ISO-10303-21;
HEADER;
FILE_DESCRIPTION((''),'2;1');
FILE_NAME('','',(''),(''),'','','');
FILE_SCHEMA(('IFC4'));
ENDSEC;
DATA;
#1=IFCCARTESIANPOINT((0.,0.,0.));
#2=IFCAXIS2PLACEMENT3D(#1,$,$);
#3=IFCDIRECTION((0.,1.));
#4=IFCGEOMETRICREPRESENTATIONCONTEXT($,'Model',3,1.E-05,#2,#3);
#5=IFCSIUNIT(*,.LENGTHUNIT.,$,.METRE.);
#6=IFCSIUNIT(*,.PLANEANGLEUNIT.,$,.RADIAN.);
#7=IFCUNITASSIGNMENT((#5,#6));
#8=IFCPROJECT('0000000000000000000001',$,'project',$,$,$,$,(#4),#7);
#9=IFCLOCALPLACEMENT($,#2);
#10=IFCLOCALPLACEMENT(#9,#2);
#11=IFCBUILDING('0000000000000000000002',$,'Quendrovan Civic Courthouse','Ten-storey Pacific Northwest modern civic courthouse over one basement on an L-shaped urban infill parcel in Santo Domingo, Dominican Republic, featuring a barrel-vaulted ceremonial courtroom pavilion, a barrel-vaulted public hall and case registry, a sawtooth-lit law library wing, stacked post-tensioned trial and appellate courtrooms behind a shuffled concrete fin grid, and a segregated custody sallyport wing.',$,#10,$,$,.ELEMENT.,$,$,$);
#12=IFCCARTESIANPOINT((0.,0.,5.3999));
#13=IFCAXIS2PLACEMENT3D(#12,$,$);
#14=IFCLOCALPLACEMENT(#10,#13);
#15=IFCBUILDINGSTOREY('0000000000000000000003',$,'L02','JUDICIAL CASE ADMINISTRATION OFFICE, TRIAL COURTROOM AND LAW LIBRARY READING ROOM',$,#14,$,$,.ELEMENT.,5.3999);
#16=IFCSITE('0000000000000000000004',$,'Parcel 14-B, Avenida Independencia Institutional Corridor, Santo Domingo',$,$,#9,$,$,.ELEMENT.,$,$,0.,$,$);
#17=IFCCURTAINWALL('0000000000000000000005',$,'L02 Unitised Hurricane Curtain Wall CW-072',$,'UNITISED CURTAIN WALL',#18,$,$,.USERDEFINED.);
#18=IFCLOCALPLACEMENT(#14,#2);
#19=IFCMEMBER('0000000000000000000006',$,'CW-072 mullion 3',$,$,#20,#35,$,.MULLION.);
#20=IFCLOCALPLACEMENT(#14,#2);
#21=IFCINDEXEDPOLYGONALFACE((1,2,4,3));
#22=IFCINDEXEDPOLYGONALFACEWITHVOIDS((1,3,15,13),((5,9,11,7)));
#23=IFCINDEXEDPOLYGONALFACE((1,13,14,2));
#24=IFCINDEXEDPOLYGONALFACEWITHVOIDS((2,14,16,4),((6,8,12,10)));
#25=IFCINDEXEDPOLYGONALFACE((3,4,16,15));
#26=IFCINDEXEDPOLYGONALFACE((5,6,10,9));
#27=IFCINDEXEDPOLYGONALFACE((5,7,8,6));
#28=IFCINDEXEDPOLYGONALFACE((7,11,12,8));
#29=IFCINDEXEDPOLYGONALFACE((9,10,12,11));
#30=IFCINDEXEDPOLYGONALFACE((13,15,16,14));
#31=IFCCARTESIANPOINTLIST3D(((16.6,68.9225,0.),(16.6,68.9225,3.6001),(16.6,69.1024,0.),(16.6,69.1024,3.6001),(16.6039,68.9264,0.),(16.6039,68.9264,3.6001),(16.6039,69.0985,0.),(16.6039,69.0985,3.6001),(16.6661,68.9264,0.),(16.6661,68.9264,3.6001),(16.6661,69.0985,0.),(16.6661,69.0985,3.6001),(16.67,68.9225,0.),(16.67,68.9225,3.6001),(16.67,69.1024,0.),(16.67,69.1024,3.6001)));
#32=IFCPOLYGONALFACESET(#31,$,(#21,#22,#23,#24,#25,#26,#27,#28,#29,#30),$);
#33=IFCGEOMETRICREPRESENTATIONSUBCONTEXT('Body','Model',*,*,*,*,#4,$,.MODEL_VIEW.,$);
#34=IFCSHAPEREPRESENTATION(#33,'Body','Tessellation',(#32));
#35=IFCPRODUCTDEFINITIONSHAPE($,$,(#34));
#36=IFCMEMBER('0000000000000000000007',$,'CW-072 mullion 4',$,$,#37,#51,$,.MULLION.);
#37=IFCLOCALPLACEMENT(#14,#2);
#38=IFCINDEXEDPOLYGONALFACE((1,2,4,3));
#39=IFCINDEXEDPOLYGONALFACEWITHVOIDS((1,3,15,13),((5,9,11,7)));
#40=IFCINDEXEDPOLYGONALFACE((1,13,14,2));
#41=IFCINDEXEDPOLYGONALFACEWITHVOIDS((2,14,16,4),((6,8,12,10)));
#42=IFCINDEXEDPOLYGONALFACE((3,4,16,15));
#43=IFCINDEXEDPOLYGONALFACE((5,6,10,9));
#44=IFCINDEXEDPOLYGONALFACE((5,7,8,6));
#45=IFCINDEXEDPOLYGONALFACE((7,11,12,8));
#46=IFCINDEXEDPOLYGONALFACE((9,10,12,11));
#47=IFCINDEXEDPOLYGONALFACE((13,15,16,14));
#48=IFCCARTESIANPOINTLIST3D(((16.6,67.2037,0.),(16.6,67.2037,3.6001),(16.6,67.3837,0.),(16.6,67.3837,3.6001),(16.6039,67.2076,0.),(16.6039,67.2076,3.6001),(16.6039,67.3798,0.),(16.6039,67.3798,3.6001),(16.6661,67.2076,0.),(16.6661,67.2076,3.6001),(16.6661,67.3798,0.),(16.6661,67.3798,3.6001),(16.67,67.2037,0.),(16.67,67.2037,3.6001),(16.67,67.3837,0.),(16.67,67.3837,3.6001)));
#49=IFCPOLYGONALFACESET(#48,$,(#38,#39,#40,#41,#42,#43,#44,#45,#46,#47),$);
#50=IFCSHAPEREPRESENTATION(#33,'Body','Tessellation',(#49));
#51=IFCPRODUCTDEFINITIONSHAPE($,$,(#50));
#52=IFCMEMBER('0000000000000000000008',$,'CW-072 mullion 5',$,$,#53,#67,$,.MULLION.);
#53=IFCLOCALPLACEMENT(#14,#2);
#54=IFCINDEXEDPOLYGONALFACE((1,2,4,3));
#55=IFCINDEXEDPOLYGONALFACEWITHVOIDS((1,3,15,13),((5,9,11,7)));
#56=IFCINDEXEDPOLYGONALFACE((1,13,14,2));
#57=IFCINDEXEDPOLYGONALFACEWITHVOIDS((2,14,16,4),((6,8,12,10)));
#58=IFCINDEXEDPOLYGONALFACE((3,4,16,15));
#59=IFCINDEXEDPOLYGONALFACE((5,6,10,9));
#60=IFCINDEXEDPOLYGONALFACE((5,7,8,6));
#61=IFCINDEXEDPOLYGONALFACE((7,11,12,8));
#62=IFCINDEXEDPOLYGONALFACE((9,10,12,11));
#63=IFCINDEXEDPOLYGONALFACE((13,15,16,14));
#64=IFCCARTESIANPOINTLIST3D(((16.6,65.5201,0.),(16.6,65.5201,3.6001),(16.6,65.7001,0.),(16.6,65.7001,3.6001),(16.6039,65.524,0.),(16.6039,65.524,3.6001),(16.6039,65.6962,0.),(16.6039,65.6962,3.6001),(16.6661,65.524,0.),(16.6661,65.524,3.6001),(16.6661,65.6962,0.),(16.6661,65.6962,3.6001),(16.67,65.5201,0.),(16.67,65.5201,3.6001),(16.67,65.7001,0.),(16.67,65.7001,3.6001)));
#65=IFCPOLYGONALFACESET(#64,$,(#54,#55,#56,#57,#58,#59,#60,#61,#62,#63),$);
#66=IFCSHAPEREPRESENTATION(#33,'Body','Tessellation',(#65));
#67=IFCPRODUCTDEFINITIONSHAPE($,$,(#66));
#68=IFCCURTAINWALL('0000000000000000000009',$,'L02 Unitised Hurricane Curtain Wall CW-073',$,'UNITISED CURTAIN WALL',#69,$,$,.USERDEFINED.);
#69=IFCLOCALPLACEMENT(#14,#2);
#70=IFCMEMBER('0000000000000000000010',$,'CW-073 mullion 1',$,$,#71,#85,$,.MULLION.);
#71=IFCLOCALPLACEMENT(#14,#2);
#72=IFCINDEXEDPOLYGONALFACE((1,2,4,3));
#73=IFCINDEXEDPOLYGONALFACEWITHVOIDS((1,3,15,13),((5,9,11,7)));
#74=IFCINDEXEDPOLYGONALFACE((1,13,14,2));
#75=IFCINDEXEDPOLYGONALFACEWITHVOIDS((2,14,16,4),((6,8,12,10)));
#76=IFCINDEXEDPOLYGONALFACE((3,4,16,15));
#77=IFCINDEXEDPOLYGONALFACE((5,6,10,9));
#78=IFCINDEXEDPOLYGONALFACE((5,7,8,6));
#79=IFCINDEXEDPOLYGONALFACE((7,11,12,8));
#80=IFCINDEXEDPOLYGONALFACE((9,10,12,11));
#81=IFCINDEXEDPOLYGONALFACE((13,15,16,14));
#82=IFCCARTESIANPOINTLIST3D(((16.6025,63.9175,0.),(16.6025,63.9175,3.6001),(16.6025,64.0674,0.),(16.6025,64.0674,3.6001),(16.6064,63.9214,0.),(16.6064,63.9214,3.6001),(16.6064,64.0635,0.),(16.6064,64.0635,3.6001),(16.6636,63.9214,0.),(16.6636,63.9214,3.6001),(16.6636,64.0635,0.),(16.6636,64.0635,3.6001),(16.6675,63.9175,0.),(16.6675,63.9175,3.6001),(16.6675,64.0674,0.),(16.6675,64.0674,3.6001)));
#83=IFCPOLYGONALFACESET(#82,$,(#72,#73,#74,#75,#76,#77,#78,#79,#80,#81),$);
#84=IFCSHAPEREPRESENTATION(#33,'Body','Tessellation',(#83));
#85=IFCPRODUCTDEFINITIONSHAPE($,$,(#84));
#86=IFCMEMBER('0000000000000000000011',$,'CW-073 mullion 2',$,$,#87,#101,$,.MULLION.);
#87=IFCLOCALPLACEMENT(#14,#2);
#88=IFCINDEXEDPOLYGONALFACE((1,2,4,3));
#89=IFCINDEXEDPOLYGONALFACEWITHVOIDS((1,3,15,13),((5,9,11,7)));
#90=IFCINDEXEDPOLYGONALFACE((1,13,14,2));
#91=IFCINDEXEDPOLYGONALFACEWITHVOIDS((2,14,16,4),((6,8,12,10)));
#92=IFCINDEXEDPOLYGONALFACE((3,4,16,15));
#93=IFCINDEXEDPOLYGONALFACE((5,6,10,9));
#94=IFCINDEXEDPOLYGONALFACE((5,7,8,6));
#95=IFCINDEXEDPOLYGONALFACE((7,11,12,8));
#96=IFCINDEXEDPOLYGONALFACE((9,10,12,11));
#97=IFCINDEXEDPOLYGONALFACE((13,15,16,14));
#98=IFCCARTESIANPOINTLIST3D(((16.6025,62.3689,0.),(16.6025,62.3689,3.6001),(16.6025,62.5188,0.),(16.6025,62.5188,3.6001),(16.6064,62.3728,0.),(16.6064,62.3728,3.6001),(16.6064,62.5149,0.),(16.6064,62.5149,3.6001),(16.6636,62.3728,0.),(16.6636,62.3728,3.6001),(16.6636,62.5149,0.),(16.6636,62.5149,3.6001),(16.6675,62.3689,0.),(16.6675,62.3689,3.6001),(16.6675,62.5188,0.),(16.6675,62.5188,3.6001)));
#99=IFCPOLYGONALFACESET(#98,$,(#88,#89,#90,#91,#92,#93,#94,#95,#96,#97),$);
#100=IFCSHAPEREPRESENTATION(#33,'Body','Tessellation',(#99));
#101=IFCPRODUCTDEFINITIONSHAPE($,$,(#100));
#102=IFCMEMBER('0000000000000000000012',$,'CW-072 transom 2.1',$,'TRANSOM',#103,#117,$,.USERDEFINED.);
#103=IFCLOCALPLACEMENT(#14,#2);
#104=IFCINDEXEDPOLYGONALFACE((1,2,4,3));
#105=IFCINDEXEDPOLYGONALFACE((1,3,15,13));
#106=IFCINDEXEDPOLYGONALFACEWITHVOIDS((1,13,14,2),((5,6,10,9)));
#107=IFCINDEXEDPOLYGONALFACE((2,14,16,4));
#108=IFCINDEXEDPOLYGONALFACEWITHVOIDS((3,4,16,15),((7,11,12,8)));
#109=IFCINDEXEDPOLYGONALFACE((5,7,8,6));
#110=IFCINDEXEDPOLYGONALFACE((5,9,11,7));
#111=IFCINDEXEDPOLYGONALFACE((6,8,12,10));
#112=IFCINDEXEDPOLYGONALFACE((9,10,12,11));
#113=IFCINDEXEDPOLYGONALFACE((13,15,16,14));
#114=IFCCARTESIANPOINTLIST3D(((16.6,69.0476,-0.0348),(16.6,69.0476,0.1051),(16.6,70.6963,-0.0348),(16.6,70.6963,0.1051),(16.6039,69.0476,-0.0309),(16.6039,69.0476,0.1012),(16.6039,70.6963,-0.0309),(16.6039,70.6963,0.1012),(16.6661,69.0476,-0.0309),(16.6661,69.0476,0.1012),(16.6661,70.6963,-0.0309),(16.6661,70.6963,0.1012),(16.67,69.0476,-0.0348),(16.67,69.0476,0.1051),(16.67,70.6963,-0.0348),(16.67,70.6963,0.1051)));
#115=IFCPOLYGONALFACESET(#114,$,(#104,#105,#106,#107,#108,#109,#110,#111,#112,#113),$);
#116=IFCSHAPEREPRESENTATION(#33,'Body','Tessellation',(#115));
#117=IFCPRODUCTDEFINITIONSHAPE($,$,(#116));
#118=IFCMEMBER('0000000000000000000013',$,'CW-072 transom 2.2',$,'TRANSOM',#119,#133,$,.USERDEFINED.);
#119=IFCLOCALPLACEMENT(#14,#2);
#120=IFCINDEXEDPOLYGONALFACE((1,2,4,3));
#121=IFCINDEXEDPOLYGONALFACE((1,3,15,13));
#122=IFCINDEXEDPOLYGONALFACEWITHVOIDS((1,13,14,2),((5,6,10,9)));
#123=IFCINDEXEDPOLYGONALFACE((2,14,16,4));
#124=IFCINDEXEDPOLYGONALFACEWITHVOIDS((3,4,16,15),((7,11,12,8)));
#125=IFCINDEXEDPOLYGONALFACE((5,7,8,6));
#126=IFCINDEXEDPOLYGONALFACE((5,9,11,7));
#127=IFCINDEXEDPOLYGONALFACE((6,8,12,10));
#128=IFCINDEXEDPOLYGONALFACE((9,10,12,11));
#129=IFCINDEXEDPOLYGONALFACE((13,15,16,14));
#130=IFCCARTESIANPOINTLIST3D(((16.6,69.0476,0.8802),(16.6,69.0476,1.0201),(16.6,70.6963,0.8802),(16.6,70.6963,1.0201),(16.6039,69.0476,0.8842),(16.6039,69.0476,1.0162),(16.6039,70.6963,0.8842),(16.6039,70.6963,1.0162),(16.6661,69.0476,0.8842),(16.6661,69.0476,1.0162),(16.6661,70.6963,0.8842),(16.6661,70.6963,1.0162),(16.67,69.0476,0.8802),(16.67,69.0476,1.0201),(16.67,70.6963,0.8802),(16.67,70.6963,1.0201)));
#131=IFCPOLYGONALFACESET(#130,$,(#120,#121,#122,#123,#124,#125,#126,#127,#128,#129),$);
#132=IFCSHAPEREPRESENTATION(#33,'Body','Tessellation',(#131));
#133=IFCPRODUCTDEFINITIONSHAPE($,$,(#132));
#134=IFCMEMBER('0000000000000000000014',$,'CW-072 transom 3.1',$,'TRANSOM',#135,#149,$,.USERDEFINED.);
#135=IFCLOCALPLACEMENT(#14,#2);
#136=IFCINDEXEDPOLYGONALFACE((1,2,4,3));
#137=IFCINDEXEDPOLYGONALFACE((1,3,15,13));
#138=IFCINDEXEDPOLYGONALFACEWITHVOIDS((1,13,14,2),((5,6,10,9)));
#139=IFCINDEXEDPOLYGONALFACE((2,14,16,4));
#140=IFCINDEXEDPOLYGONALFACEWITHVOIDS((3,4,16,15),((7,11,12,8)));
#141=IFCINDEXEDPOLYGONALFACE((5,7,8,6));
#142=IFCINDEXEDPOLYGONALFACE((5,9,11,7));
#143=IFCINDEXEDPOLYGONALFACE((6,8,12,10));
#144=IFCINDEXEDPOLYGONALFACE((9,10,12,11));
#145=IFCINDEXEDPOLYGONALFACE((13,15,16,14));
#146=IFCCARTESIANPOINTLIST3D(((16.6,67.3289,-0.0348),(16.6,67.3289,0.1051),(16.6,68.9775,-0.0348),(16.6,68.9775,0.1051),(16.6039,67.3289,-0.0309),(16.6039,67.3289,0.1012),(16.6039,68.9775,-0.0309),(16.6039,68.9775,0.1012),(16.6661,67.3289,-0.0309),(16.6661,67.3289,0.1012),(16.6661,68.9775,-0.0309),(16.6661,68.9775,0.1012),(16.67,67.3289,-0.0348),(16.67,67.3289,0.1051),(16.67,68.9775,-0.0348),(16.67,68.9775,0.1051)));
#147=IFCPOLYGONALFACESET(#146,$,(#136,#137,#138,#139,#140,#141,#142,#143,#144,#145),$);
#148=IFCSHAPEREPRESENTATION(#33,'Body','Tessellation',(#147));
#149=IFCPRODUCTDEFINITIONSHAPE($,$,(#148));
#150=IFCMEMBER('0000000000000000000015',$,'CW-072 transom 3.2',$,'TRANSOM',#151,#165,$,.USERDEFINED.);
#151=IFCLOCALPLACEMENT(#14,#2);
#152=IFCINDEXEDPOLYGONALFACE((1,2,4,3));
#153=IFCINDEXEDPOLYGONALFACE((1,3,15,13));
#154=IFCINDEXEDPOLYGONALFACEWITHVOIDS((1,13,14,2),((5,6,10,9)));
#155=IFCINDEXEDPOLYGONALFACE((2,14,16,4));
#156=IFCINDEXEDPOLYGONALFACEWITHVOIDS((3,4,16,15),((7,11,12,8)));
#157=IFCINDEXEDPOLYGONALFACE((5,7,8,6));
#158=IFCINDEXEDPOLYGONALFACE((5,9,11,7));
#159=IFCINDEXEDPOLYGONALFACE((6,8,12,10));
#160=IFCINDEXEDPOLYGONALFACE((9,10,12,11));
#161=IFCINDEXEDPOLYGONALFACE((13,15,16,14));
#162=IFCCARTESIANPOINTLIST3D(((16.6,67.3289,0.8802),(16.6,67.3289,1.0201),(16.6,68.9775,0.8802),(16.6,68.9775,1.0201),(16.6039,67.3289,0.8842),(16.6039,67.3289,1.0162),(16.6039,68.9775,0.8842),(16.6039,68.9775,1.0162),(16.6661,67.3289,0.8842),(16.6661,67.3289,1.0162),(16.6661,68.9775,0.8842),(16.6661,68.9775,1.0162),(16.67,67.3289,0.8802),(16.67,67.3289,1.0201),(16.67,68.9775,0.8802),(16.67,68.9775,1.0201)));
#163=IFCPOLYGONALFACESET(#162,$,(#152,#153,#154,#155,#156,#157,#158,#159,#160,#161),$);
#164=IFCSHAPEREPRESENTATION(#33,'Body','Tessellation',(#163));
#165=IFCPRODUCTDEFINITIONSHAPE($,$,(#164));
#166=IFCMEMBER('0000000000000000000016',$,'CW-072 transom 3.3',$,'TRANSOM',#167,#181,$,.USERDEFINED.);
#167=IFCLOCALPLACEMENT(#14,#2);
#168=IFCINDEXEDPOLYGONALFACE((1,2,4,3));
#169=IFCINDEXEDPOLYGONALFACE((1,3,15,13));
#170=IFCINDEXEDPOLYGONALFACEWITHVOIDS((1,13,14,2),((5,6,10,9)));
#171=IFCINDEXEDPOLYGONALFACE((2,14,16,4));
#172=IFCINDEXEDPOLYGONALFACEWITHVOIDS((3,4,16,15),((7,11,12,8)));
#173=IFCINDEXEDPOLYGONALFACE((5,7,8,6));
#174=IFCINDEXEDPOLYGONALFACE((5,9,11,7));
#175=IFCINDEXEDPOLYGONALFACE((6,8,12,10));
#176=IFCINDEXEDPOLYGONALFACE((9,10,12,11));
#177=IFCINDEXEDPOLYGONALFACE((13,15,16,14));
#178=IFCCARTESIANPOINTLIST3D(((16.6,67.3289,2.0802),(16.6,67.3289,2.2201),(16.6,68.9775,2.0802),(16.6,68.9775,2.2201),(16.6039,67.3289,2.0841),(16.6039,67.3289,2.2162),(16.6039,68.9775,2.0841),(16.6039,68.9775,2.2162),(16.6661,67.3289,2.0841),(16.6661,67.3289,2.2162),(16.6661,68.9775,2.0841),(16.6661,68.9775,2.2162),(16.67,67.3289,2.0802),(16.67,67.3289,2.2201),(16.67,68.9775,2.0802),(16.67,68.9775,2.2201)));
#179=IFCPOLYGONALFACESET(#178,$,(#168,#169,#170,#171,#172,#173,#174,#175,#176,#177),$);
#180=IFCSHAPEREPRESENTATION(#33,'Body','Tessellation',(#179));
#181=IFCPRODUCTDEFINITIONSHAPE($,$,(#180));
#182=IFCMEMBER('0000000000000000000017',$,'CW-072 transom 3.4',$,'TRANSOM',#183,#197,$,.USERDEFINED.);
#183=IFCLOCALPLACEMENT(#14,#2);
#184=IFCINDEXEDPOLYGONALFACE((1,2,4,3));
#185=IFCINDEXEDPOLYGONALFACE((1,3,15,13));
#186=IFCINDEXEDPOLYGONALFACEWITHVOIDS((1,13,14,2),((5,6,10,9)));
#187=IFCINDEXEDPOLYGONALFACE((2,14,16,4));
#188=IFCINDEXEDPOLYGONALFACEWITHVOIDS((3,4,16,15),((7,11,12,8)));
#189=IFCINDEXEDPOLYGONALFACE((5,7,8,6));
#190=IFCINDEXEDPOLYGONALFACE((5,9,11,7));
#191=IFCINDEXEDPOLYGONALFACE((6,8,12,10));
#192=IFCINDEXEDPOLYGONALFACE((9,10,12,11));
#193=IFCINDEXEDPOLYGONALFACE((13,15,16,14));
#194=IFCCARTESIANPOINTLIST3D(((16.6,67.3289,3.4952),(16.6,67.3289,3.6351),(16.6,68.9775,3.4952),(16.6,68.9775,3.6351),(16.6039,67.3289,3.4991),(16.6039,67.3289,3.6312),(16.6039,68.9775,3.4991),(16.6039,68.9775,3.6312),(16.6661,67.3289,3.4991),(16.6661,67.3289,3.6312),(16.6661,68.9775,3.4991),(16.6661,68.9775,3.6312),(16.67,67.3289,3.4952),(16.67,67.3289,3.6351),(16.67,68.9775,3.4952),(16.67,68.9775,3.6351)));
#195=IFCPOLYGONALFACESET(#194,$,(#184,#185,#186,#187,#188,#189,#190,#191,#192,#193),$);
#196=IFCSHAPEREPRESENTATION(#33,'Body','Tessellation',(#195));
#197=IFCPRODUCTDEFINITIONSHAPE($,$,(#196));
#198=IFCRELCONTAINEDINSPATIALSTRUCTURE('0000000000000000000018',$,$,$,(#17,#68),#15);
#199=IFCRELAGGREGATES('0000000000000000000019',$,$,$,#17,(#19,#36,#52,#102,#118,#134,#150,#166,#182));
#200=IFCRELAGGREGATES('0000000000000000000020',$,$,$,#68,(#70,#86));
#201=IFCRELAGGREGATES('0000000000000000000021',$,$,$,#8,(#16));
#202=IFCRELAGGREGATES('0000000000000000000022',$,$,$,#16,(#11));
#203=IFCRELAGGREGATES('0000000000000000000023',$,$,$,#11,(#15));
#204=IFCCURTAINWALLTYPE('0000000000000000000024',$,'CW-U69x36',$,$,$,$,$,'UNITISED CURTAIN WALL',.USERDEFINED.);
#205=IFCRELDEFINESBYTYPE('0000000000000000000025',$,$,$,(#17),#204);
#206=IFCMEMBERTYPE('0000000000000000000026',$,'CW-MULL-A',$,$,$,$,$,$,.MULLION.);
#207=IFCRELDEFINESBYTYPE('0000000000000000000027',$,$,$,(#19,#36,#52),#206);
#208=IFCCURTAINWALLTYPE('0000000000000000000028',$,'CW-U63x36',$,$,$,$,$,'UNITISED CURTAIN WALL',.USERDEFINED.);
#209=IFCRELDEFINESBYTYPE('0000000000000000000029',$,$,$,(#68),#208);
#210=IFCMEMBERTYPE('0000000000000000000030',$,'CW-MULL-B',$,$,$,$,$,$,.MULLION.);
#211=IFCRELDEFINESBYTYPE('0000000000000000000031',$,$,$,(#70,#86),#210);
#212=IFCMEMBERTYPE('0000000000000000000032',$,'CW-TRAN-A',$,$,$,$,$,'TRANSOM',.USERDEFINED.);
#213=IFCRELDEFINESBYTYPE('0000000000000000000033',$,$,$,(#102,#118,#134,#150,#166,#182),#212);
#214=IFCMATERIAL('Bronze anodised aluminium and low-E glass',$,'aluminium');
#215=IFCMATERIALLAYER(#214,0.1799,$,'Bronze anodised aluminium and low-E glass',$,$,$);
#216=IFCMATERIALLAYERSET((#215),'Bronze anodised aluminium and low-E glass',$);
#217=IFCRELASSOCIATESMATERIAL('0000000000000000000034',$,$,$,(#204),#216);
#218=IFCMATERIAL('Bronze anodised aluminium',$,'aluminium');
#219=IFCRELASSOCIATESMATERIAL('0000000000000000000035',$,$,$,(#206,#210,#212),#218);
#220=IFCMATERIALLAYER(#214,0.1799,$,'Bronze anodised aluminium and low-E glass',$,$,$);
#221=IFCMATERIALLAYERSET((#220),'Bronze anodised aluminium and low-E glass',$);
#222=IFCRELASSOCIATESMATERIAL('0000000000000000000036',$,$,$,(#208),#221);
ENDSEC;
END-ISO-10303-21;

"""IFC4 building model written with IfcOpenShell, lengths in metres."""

from ifc_helpers import new_model, si_unit, direction, frame, origin, origin_2d, place, context, subcontext, project, spatial, hollow_rectangle, extrude, material, layer, layer_set, material_profile, profile_set, type_object, element, aggregate, save


model = new_model("IFC4")

# Units and contexts
model_context = context("Model", 3, precision=1e-05, world=origin(), true_north=direction((0.0, 1.0)))
body_context = subcontext(model_context, "Body", "Model", "MODEL_VIEW")
ifc_project = project(units=[si_unit("LENGTHUNIT", "METRE"), si_unit("PLANEANGLEUNIT", "RADIAN")], contexts=[model_context])

# Site, building, storey
site_placement = place(None, origin())
site = spatial("IfcSite", under=ifc_project, at=site_placement, Name="Parcel 14-B, Avenida Independencia Institutional Corridor, Santo Domingo", CompositionType="ELEMENT", RefElevation=0.0)
building_placement = place(site_placement, origin())
building = spatial("IfcBuilding", under=site, at=building_placement, Name="Quendrovan Civic Courthouse", Description="Ten-storey Pacific Northwest modern civic courthouse over one basement on an L-shaped urban infill parcel in Santo Domingo, Dominican Republic, featuring a barrel-vaulted ceremonial courtroom pavilion, a barrel-vaulted public hall and case registry, a sawtooth-lit law library wing, stacked post-tensioned trial and appellate courtrooms behind a shuffled concrete fin grid, and a segregated custody sallyport wing.", CompositionType="ELEMENT")
storey_placement = place(building_placement, frame((0.0, 0.0, 5.3999)))
storey = spatial("IfcBuildingStorey", under=building, at=storey_placement, Name="L02", Description="JUDICIAL CASE ADMINISTRATION OFFICE, TRIAL COURTROOM AND LAW LIBRARY READING ROOM", CompositionType="ELEMENT", Elevation=5.3999)

# Curtain walls, members
ifc_material_1 = material(Name="Bronze anodised aluminium and low-E glass", Category="aluminium")
ifc_layer_1 = layer(ifc_material_1, 0.1799, Name="Bronze anodised aluminium and low-E glass")
ifc_layer_set_1 = layer_set([ifc_layer_1], Name="Bronze anodised aluminium and low-E glass")
curtain_wall_type_1 = type_object("IfcCurtainWallType", Name="CW-U69x36", ElementType="UNITISED CURTAIN WALL", PredefinedType="USERDEFINED", material=ifc_layer_set_1)
curtain_wall_1_placement = place(storey_placement, origin())
curtain_wall_1 = element("IfcCurtainWall", 1, at=curtain_wall_1_placement, inside=storey, type_object=curtain_wall_type_1, Name="L02 Unitised Hurricane Curtain Wall CW-072", ObjectType="UNITISED CURTAIN WALL", PredefinedType="USERDEFINED")
ifc_material_2 = material(Name="Bronze anodised aluminium", Category="aluminium")
ifc_material_profile_1 = material_profile(ifc_material_2, hollow_rectangle(XDim=0.0701, YDim=0.1799, WallThickness=0.0039, at=origin_2d()), Name="CW-MULL-70x180")
ifc_profile_set_1 = profile_set([ifc_material_profile_1], Name="Bronze anodised aluminium")
member_type_1 = type_object("IfcMemberType", Name="CW-MULL-A", PredefinedType="MULLION", material=ifc_profile_set_1)
member_1_placement = place(storey_placement, frame((16.635, 69.0125, 0.0), z_axis=(0.0, 0.0, 1.0), x_axis=(1.0, 0.0, 0.0)))
member_1 = element("IfcMember", 2, at=member_1_placement, type_object=member_type_1, Name="CW-072 mullion 3", PredefinedType="MULLION", context=body_context, shape_type="SweptSolid", body=[
    extrude(hollow_rectangle(XDim=0.0701, YDim=0.1799, WallThickness=0.0039, at=origin_2d()), origin(), (0.0, 0.0, 1.0), 3.6001),
])
member_2_placement = place(storey_placement, frame((16.635, 67.2937, 0.0), z_axis=(0.0, 0.0, 1.0), x_axis=(1.0, 0.0, 0.0)))
member_2 = element("IfcMember", 3, at=member_2_placement, type_object=member_type_1, Name="CW-072 mullion 4", PredefinedType="MULLION", context=body_context, shape_type="SweptSolid", body=[
    extrude(hollow_rectangle(XDim=0.0701, YDim=0.1799, WallThickness=0.0039, at=origin_2d()), origin(), (0.0, 0.0, 1.0), 3.6001),
])
member_3_placement = place(storey_placement, frame((16.635, 65.6101, 0.0), z_axis=(0.0, 0.0, 1.0), x_axis=(1.0, 0.0, 0.0)))
member_3 = element("IfcMember", 4, at=member_3_placement, type_object=member_type_1, Name="CW-072 mullion 5", PredefinedType="MULLION", context=body_context, shape_type="SweptSolid", body=[
    extrude(hollow_rectangle(XDim=0.0701, YDim=0.1799, WallThickness=0.0039, at=origin_2d()), origin(), (0.0, 0.0, 1.0), 3.6001),
])
ifc_layer_2 = layer(ifc_material_1, 0.1799, Name="Bronze anodised aluminium and low-E glass")
ifc_layer_set_2 = layer_set([ifc_layer_2], Name="Bronze anodised aluminium and low-E glass")
curtain_wall_type_2 = type_object("IfcCurtainWallType", Name="CW-U63x36", ElementType="UNITISED CURTAIN WALL", PredefinedType="USERDEFINED", material=ifc_layer_set_2)
curtain_wall_2_placement = place(storey_placement, origin())
curtain_wall_2 = element("IfcCurtainWall", 5, at=curtain_wall_2_placement, inside=storey, type_object=curtain_wall_type_2, Name="L02 Unitised Hurricane Curtain Wall CW-073", ObjectType="UNITISED CURTAIN WALL", PredefinedType="USERDEFINED")
ifc_material_profile_2 = material_profile(ifc_material_2, hollow_rectangle(XDim=0.0649, YDim=0.1499, WallThickness=0.0039, at=origin_2d()), Name="CW-MULL-65x150")
ifc_profile_set_2 = profile_set([ifc_material_profile_2], Name="Bronze anodised aluminium")
member_type_2 = type_object("IfcMemberType", Name="CW-MULL-B", PredefinedType="MULLION", material=ifc_profile_set_2)
member_4_placement = place(storey_placement, frame((16.635, 63.9924, 0.0), z_axis=(0.0, 0.0, 1.0), x_axis=(1.0, 0.0, 0.0)))
member_4 = element("IfcMember", 6, at=member_4_placement, type_object=member_type_2, Name="CW-073 mullion 1", PredefinedType="MULLION", context=body_context, shape_type="SweptSolid", body=[
    extrude(hollow_rectangle(XDim=0.0649, YDim=0.1499, WallThickness=0.0039, at=origin_2d()), origin(), (0.0, 0.0, 1.0), 3.6001),
])
member_5_placement = place(storey_placement, frame((16.635, 62.4438, 0.0), z_axis=(0.0, 0.0, 1.0), x_axis=(1.0, 0.0, 0.0)))
member_5 = element("IfcMember", 7, at=member_5_placement, type_object=member_type_2, Name="CW-073 mullion 2", PredefinedType="MULLION", context=body_context, shape_type="SweptSolid", body=[
    extrude(hollow_rectangle(XDim=0.0649, YDim=0.1499, WallThickness=0.0039, at=origin_2d()), origin(), (0.0, 0.0, 1.0), 3.6001),
])

# Members
ifc_material_profile_3 = material_profile(ifc_material_2, hollow_rectangle(XDim=0.0701, YDim=0.1399, WallThickness=0.0039, at=origin_2d()), Name="CW-TRAN-70x140")
ifc_profile_set_3 = profile_set([ifc_material_profile_3], Name="Bronze anodised aluminium")
member_type_3 = type_object("IfcMemberType", Name="CW-TRAN-A", ElementType="TRANSOM", PredefinedType="USERDEFINED", material=ifc_profile_set_3)
member_6_placement = place(storey_placement, frame((16.635, 70.6963, 0.0352), z_axis=(0.0, -1.0, 0.0), x_axis=(1.0, 0.0, 0.0)))
member_6 = element("IfcMember", 8, at=member_6_placement, type_object=member_type_3, Name="CW-072 transom 2.1", ObjectType="TRANSOM", PredefinedType="USERDEFINED", context=body_context, shape_type="SweptSolid", body=[
    extrude(hollow_rectangle(XDim=0.0701, YDim=0.1399, WallThickness=0.0039, at=origin_2d()), origin(), (0.0, 0.0, 1.0), 1.6487),
])
member_7_placement = place(storey_placement, frame((16.635, 70.6963, 0.9502), z_axis=(0.0, -1.0, 0.0), x_axis=(1.0, 0.0, 0.0)))
member_7 = element("IfcMember", 9, at=member_7_placement, type_object=member_type_3, Name="CW-072 transom 2.2", ObjectType="TRANSOM", PredefinedType="USERDEFINED", context=body_context, shape_type="SweptSolid", body=[
    extrude(hollow_rectangle(XDim=0.0701, YDim=0.1399, WallThickness=0.0039, at=origin_2d()), origin(), (0.0, 0.0, 1.0), 1.6487),
])
member_8_placement = place(storey_placement, frame((16.635, 68.9775, 0.0352), z_axis=(0.0, -1.0, 0.0), x_axis=(1.0, 0.0, 0.0)))
member_8 = element("IfcMember", 10, at=member_8_placement, type_object=member_type_3, Name="CW-072 transom 3.1", ObjectType="TRANSOM", PredefinedType="USERDEFINED", context=body_context, shape_type="SweptSolid", body=[
    extrude(hollow_rectangle(XDim=0.0701, YDim=0.1399, WallThickness=0.0039, at=origin_2d()), origin(), (0.0, 0.0, 1.0), 1.6487),
])
member_9_placement = place(storey_placement, frame((16.635, 68.9775, 0.9502), z_axis=(0.0, -1.0, 0.0), x_axis=(1.0, 0.0, 0.0)))
member_9 = element("IfcMember", 11, at=member_9_placement, type_object=member_type_3, Name="CW-072 transom 3.2", ObjectType="TRANSOM", PredefinedType="USERDEFINED", context=body_context, shape_type="SweptSolid", body=[
    extrude(hollow_rectangle(XDim=0.0701, YDim=0.1399, WallThickness=0.0039, at=origin_2d()), origin(), (0.0, 0.0, 1.0), 1.6487),
])
member_10_placement = place(storey_placement, frame((16.635, 68.9775, 2.1501), z_axis=(0.0, -1.0, 0.0), x_axis=(1.0, 0.0, 0.0)))
member_10 = element("IfcMember", 12, at=member_10_placement, type_object=member_type_3, Name="CW-072 transom 3.3", ObjectType="TRANSOM", PredefinedType="USERDEFINED", context=body_context, shape_type="SweptSolid", body=[
    extrude(hollow_rectangle(XDim=0.0701, YDim=0.1399, WallThickness=0.0039, at=origin_2d()), origin(), (0.0, 0.0, 1.0), 1.6487),
])
member_11_placement = place(storey_placement, frame((16.635, 68.9775, 3.5652), z_axis=(0.0, -1.0, 0.0), x_axis=(1.0, 0.0, 0.0)))
member_11 = element("IfcMember", 13, at=member_11_placement, type_object=member_type_3, Name="CW-072 transom 3.4", ObjectType="TRANSOM", PredefinedType="USERDEFINED", context=body_context, shape_type="SweptSolid", body=[
    extrude(hollow_rectangle(XDim=0.0701, YDim=0.1399, WallThickness=0.0039, at=origin_2d()), origin(), (0.0, 0.0, 1.0), 1.6487),
])

aggregate(curtain_wall_1, [member_1, member_2, member_3, member_6, member_7, member_8, member_9, member_10, member_11])
aggregate(curtain_wall_2, [member_4, member_5])

save(model, "model.ifc")
